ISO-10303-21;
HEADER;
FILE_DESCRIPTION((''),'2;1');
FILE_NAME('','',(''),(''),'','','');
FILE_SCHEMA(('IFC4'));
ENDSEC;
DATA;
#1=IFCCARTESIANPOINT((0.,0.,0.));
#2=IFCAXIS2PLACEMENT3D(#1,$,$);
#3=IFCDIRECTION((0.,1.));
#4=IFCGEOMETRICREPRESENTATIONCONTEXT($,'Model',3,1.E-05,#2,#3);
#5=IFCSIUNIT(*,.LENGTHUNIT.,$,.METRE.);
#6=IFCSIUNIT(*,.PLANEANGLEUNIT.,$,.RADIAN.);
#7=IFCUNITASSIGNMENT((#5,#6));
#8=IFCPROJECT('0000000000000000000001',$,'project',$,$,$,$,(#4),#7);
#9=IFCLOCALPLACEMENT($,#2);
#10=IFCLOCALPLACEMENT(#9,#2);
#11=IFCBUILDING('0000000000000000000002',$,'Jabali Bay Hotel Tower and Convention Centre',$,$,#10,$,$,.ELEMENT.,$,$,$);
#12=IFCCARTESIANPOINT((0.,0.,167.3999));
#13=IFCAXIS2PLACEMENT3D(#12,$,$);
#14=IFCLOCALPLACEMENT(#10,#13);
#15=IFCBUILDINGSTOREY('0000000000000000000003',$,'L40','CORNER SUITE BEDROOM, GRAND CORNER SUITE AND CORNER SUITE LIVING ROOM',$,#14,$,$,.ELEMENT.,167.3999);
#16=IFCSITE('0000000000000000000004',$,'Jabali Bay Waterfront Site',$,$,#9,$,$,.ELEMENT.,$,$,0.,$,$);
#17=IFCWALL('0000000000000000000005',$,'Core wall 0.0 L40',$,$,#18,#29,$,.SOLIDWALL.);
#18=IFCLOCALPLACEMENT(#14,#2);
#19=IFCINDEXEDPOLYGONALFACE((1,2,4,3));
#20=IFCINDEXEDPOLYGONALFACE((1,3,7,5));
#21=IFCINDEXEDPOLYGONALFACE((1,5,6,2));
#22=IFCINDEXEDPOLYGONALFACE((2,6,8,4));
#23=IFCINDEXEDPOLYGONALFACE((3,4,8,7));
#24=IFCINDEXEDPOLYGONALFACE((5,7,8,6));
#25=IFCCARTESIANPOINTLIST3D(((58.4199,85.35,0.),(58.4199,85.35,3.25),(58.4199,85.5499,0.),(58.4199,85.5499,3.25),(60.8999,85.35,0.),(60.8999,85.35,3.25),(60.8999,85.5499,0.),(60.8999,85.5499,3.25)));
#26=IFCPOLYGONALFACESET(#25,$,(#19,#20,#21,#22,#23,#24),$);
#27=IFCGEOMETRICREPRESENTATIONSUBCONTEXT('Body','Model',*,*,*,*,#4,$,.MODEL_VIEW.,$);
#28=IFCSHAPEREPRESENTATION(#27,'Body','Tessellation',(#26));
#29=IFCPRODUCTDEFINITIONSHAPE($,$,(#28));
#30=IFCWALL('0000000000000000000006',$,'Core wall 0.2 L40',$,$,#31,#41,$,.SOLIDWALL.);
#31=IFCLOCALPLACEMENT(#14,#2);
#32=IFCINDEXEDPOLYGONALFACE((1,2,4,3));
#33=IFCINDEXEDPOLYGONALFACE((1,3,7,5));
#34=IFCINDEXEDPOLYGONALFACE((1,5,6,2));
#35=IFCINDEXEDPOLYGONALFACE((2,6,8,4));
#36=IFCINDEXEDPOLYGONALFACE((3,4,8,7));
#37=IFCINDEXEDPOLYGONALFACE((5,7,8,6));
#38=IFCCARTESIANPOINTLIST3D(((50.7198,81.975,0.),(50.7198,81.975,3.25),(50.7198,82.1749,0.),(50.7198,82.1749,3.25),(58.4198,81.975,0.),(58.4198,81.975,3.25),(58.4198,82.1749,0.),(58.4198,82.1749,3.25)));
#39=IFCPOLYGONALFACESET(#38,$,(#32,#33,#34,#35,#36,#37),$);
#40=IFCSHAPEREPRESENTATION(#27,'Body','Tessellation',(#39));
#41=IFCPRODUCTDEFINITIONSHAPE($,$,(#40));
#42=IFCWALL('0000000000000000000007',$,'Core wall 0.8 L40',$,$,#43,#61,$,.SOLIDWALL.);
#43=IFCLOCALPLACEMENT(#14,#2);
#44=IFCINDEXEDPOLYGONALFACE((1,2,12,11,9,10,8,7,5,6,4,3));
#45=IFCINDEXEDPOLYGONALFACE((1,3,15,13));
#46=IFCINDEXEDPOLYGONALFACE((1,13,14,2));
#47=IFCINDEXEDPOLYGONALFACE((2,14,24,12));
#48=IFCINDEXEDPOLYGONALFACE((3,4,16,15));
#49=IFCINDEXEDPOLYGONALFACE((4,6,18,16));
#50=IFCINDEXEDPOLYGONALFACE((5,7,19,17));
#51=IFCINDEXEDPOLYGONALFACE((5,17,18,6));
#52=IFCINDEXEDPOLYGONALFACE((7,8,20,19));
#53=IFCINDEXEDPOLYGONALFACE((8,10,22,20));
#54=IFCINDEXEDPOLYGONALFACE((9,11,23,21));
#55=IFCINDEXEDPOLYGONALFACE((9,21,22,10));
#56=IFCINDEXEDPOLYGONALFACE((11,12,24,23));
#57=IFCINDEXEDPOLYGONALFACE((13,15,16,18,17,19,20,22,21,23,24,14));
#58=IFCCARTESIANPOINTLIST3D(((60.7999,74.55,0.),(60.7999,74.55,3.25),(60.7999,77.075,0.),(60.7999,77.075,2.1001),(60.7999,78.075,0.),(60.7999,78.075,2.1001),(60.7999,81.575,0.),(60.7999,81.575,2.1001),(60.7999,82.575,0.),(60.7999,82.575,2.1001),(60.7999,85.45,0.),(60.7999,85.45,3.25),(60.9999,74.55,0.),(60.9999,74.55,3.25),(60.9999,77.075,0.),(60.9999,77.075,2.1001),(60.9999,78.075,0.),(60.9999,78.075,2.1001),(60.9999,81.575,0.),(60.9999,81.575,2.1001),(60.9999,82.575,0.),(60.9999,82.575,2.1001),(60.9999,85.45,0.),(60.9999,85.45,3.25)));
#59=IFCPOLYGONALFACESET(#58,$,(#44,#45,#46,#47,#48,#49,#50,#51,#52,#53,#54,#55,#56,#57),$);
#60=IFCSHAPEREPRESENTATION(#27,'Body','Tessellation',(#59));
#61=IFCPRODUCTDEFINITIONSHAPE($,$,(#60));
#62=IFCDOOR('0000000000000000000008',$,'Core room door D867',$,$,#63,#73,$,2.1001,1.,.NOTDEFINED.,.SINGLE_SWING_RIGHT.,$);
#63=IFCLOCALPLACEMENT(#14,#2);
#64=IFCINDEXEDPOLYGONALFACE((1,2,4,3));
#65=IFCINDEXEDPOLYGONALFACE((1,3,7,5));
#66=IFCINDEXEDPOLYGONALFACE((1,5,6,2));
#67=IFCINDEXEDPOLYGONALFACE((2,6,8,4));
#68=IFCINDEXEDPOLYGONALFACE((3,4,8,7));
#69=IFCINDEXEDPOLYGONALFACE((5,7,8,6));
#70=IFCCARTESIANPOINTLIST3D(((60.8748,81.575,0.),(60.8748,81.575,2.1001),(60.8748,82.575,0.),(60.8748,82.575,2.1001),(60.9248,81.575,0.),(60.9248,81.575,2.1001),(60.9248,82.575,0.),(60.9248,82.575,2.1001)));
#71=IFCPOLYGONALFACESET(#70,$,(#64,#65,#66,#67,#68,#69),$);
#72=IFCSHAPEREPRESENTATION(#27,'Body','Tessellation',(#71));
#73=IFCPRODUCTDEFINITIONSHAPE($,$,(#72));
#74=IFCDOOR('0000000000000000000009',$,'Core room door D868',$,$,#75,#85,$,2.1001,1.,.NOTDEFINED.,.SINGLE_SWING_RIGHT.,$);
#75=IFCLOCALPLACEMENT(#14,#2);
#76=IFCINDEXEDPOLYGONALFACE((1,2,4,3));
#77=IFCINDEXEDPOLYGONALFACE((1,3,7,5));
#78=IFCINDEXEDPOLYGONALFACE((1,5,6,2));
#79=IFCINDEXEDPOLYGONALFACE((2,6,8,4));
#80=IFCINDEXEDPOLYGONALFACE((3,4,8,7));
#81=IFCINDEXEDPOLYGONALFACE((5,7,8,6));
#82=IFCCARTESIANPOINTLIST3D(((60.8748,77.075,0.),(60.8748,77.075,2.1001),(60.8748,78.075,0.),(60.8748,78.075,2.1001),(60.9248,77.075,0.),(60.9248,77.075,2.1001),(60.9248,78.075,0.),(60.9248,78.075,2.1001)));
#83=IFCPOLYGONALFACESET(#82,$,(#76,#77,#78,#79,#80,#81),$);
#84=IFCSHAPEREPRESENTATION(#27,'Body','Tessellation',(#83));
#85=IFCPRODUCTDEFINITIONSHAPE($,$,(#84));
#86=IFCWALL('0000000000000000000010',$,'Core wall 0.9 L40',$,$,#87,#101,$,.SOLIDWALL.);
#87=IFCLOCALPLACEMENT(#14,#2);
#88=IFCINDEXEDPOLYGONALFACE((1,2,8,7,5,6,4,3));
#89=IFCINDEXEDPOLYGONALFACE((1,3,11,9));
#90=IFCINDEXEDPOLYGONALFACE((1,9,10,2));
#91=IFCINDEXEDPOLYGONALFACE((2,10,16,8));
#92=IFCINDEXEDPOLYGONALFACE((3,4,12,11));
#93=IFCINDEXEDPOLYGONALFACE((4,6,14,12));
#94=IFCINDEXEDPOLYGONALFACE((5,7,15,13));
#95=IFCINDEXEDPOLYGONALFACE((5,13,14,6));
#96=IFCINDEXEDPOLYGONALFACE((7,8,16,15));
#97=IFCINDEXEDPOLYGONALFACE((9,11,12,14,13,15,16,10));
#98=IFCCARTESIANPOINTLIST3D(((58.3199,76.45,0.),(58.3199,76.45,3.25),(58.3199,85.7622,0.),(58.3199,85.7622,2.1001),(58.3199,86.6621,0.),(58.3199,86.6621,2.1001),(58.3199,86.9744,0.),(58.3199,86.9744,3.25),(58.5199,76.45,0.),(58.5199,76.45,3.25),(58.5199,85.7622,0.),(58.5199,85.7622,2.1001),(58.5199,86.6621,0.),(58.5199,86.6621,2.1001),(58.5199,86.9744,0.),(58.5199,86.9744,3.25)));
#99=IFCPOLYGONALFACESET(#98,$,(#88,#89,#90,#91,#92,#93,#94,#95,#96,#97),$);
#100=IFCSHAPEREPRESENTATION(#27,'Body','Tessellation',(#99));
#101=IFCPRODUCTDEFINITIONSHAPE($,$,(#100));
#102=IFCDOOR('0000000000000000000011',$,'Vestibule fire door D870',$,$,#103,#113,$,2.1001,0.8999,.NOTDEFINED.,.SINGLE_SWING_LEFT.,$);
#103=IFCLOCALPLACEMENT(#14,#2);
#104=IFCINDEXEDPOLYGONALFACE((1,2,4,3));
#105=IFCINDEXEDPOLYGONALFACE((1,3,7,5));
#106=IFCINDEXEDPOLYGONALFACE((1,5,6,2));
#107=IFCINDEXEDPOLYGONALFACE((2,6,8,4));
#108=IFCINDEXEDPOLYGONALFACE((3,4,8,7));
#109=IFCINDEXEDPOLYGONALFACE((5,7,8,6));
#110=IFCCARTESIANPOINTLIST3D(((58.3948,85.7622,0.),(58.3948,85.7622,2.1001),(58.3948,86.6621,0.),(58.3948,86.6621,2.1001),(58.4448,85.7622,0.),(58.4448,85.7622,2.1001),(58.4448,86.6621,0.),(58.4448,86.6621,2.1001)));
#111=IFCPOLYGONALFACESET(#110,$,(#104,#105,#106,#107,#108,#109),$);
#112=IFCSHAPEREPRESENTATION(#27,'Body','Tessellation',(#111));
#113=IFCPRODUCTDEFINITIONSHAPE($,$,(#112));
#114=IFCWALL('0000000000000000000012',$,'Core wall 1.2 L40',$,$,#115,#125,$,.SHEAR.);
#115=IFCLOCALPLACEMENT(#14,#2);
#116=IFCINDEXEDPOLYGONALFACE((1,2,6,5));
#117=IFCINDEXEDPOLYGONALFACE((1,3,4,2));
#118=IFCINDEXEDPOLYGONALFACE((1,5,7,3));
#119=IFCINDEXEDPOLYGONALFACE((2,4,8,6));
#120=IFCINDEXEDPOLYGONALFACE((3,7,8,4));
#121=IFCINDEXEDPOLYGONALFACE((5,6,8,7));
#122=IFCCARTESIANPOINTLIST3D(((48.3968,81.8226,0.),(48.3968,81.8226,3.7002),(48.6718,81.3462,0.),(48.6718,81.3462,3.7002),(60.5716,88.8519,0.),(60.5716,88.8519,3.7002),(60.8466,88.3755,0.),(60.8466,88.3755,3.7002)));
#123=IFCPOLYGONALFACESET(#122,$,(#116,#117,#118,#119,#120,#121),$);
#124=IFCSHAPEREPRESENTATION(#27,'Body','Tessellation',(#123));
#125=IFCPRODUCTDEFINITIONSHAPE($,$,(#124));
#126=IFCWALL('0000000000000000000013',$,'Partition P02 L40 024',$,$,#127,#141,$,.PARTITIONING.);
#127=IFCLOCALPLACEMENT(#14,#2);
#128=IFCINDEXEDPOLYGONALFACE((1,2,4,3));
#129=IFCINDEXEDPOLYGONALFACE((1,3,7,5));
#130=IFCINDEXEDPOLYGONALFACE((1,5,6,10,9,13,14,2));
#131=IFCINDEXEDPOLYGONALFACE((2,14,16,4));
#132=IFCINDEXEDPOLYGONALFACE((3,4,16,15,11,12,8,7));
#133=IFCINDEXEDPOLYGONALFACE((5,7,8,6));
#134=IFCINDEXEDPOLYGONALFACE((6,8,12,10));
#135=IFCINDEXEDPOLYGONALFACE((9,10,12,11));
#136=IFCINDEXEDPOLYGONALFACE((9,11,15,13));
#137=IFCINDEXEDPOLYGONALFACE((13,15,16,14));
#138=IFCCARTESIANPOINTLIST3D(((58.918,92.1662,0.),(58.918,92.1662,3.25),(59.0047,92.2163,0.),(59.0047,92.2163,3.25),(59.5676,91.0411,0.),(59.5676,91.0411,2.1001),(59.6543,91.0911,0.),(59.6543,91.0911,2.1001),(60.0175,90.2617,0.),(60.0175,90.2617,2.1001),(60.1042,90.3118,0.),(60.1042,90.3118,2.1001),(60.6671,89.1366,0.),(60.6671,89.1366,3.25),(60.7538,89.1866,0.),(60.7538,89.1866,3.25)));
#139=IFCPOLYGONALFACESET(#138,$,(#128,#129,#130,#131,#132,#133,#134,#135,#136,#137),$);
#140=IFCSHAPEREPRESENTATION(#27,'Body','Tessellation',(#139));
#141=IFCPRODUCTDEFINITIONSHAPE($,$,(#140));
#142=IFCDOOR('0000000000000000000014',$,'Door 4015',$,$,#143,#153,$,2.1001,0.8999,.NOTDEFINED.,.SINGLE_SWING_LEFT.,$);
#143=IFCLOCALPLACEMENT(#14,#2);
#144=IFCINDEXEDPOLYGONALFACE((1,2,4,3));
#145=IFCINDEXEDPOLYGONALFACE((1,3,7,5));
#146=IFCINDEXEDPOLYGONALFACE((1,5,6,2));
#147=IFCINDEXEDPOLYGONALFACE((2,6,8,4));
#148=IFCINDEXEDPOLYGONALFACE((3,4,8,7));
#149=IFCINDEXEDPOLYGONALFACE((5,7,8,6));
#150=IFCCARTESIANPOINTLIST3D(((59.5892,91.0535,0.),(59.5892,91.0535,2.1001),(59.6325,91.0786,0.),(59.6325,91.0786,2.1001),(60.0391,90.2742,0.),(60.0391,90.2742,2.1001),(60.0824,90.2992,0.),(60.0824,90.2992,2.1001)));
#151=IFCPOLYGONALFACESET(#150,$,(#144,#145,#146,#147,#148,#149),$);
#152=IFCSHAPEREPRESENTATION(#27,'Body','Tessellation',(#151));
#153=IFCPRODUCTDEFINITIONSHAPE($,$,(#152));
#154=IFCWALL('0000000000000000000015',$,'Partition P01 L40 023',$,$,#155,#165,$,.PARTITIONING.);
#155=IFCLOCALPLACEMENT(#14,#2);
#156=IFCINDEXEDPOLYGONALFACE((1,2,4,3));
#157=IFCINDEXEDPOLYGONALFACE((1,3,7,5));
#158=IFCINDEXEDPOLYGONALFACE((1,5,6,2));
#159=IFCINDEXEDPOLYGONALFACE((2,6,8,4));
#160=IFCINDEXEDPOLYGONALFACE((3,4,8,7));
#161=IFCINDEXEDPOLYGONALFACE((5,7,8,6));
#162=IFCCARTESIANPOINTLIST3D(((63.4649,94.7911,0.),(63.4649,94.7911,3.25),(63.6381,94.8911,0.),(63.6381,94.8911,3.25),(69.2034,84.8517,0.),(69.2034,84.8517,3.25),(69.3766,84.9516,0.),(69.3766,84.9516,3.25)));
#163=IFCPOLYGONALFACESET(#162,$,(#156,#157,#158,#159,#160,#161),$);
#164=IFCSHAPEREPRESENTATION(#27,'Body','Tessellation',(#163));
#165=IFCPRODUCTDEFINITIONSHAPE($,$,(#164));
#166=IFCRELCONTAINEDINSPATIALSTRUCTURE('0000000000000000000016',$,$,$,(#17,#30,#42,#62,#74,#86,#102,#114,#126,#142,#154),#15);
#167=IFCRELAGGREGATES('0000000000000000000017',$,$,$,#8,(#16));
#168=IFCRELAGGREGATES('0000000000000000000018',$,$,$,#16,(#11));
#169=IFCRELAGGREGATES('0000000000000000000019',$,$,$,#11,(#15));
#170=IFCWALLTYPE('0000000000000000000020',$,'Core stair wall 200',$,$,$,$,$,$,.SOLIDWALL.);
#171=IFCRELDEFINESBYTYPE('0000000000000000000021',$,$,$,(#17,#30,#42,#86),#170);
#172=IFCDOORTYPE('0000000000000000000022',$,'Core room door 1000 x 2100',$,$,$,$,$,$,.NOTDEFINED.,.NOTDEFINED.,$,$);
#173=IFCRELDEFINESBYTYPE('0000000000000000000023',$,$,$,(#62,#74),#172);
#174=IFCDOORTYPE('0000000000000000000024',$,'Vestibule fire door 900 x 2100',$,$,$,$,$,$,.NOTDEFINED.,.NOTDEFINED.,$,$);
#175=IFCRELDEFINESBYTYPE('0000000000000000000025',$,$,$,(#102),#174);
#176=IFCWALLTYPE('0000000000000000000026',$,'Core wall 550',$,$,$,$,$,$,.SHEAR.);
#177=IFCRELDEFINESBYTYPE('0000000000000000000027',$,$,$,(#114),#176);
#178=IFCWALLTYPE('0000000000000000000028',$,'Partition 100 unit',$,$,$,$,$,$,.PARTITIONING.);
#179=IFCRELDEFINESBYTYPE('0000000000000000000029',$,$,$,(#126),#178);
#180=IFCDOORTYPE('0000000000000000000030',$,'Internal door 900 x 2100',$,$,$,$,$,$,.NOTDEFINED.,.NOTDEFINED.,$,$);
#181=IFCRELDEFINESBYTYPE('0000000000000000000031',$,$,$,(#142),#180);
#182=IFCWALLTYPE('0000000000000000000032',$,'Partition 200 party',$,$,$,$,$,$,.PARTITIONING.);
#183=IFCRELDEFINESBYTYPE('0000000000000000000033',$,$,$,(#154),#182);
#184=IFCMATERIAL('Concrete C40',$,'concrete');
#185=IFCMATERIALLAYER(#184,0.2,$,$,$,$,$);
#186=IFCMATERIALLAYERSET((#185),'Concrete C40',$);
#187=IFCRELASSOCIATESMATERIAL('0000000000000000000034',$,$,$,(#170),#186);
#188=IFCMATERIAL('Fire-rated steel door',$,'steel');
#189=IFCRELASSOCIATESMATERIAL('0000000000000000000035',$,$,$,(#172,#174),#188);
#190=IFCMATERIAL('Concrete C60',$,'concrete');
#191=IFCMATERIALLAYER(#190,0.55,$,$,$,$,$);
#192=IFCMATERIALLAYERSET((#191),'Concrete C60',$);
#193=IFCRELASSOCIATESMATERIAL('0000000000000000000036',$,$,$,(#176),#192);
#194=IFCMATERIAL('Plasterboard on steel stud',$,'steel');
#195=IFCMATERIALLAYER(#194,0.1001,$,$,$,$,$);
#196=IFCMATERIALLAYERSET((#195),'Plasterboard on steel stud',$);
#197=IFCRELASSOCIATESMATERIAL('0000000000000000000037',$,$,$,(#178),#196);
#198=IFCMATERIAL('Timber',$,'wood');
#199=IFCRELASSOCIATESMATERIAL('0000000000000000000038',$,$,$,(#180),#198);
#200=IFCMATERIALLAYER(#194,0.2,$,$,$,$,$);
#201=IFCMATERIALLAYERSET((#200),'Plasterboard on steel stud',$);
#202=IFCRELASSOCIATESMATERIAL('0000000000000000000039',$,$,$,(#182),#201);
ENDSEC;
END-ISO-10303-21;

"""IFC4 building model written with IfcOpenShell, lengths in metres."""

from ifc_helpers import new_model, si_unit, direction, frame, frame_2d, origin, place, context, subcontext, project, spatial, rectangle, extrude, material, layer, layer_set, type_object, element, fill, save


model = new_model("IFC4")

# Units and contexts
model_context = context("Model", 3, precision=1e-05, world=origin(), true_north=direction((0.0, 1.0)))
body_context = subcontext(model_context, "Body", "Model", "MODEL_VIEW")
ifc_project = project(units=[si_unit("LENGTHUNIT", "METRE"), si_unit("PLANEANGLEUNIT", "RADIAN")], contexts=[model_context])

# Site, building, storey
site_placement = place(None, origin())
site = spatial("IfcSite", under=ifc_project, at=site_placement, Name="Jabali Bay Waterfront Site", CompositionType="ELEMENT", RefElevation=0.0)
building_placement = place(site_placement, origin())
building = spatial("IfcBuilding", under=site, at=building_placement, Name="Jabali Bay Hotel Tower and Convention Centre", CompositionType="ELEMENT")
storey_placement = place(building_placement, frame((0.0, 0.0, 167.3999)))
storey = spatial("IfcBuildingStorey", under=building, at=storey_placement, Name="L40", Description="CORNER SUITE BEDROOM, GRAND CORNER SUITE AND CORNER SUITE LIVING ROOM", CompositionType="ELEMENT", Elevation=167.3999)

# Walls
ifc_material_1 = material(Name="Concrete C40", Category="concrete")
ifc_layer_1 = layer(ifc_material_1, 0.2)
ifc_layer_set_1 = layer_set([ifc_layer_1], Name="Concrete C40")
wall_type_1 = type_object("IfcWallType", Name="Core stair wall 200", PredefinedType="SOLIDWALL", material=ifc_layer_set_1)
wall_1_placement = place(storey_placement, frame((60.8999, 85.45, 0.0), z_axis=(0.0, 0.0, 1.0), x_axis=(-1.0, 0.0, 0.0)))
element("IfcWall", 1, at=wall_1_placement, inside=storey, type_object=wall_type_1, Name="Core wall 0.0 L40", PredefinedType="SOLIDWALL", context=body_context, shape_type="SweptSolid", body=[
    extrude(rectangle(XDim=2.48, YDim=0.2, at=frame_2d((1.24, 0.0))), origin(), (0.0, 0.0, 1.0), 3.25),
])
wall_2_placement = place(storey_placement, frame((58.4199, 82.075, 0.0), z_axis=(0.0, 0.0, 1.0), x_axis=(-1.0, 0.0, 0.0)))
element("IfcWall", 2, at=wall_2_placement, inside=storey, type_object=wall_type_1, Name="Core wall 0.2 L40", PredefinedType="SOLIDWALL", context=body_context, shape_type="SweptSolid", body=[
    extrude(rectangle(XDim=7.7, YDim=0.2, at=frame_2d((3.8501, 0.0))), origin(), (0.0, 0.0, 1.0), 3.25),
])

# Wall, openings, doors
wall_3_placement = place(storey_placement, frame((60.8999, 85.45, 0.0), z_axis=(0.0, 0.0, 1.0), x_axis=(0.0, -1.0, 0.0)))
wall_3 = element("IfcWall", 3, at=wall_3_placement, inside=storey, type_object=wall_type_1, Name="Core wall 0.8 L40", PredefinedType="SOLIDWALL", context=body_context, shape_type="SweptSolid", body=[
    extrude(rectangle(XDim=10.8999, YDim=0.2, at=frame_2d((5.45, 0.0))), origin(), (0.0, 0.0, 1.0), 3.25),
])
opening_1_placement = place(wall_3_placement, frame((2.875, 0.0, 0.0)))
opening_1 = element("IfcOpeningElement", 4, at=opening_1_placement, cuts=wall_3, PredefinedType="OPENING", context=body_context, shape_type="SweptSolid", body=[
    extrude(rectangle(XDim=1.0, YDim=2.1001, at=frame_2d((0.5, 1.05))), frame((0.0, 0.1104, 0.0), z_axis=(0.0, -1.0, 0.0), x_axis=(1.0, 0.0, 0.0)), (0.0, 0.0, 1.0), 0.2209),
])
opening_2_placement = place(wall_3_placement, frame((7.375, 0.0, 0.0)))
opening_2 = element("IfcOpeningElement", 5, at=opening_2_placement, cuts=wall_3, PredefinedType="OPENING", context=body_context, shape_type="SweptSolid", body=[
    extrude(rectangle(XDim=1.0, YDim=2.1001, at=frame_2d((0.5, 1.05))), frame((0.0, 0.1104, 0.0), z_axis=(0.0, -1.0, 0.0), x_axis=(1.0, 0.0, 0.0)), (0.0, 0.0, 1.0), 0.2209),
])
ifc_material_2 = material(Name="Fire-rated steel door", Category="steel")
door_type_1 = type_object("IfcDoorType", Name="Core room door 1000 x 2100", OperationType="NOTDEFINED", PredefinedType="NOTDEFINED", material=ifc_material_2)
door_1_placement = place(opening_1_placement, origin())
door_1 = element("IfcDoor", 6, at=door_1_placement, inside=storey, type_object=door_type_1, Name="Core room door D867", OperationType="SINGLE_SWING_RIGHT", OverallHeight=2.1001, OverallWidth=1.0, PredefinedType="NOTDEFINED", context=body_context, shape_type="SweptSolid", body=[
    extrude(rectangle(XDim=1.0, YDim=2.1001, at=frame_2d((0.5, 1.05))), frame((0.0, 0.0249, 0.0), z_axis=(0.0, -1.0, 0.0), x_axis=(1.0, 0.0, 0.0)), (0.0, 0.0, 1.0), 0.05),
])
fill(opening_1, door_1)
door_2_placement = place(opening_2_placement, origin())
door_2 = element("IfcDoor", 7, at=door_2_placement, inside=storey, type_object=door_type_1, Name="Core room door D868", OperationType="SINGLE_SWING_RIGHT", OverallHeight=2.1001, OverallWidth=1.0, PredefinedType="NOTDEFINED", context=body_context, shape_type="SweptSolid", body=[
    extrude(rectangle(XDim=1.0, YDim=2.1001, at=frame_2d((0.5, 1.05))), frame((0.0, 0.0249, 0.0), z_axis=(0.0, -1.0, 0.0), x_axis=(1.0, 0.0, 0.0)), (0.0, 0.0, 1.0), 0.05),
])
fill(opening_2, door_2)

# Wall, opening, door
wall_4_placement = place(storey_placement, frame((58.4199, 86.9744, 0.0), z_axis=(0.0, 0.0, 1.0), x_axis=(0.0, -1.0, 0.0)))
wall_4 = element("IfcWall", 8, at=wall_4_placement, inside=storey, type_object=wall_type_1, Name="Core wall 0.9 L40", PredefinedType="SOLIDWALL", context=body_context, shape_type="SweptSolid", body=[
    extrude(rectangle(XDim=10.5244, YDim=0.2, at=frame_2d((5.2622, 0.0))), origin(), (0.0, 0.0, 1.0), 3.25),
])
opening_3_placement = place(wall_4_placement, frame((0.3123, 0.0, 0.0)))
opening_3 = element("IfcOpeningElement", 9, at=opening_3_placement, cuts=wall_4, PredefinedType="OPENING", context=body_context, shape_type="SweptSolid", body=[
    extrude(rectangle(XDim=0.8999, YDim=2.1001, at=frame_2d((0.45, 1.05))), frame((0.0, 0.1104, 0.0), z_axis=(0.0, -1.0, 0.0), x_axis=(1.0, 0.0, 0.0)), (0.0, 0.0, 1.0), 0.2209),
])
door_type_2 = type_object("IfcDoorType", Name="Vestibule fire door 900 x 2100", OperationType="NOTDEFINED", PredefinedType="NOTDEFINED", material=ifc_material_2)
door_3_placement = place(opening_3_placement, origin())
door_3 = element("IfcDoor", 10, at=door_3_placement, inside=storey, type_object=door_type_2, Name="Vestibule fire door D870", OperationType="SINGLE_SWING_LEFT", OverallHeight=2.1001, OverallWidth=0.8999, PredefinedType="NOTDEFINED", context=body_context, shape_type="SweptSolid", body=[
    extrude(rectangle(XDim=0.8999, YDim=2.1001, at=frame_2d((0.45, 1.05))), frame((0.0, 0.0249, 0.0), z_axis=(0.0, -1.0, 0.0), x_axis=(1.0, 0.0, 0.0)), (0.0, 0.0, 1.0), 0.05),
])
fill(opening_3, door_3)

# Wall
ifc_material_3 = material(Name="Concrete C60", Category="concrete")
ifc_layer_2 = layer(ifc_material_3, 0.55)
ifc_layer_set_2 = layer_set([ifc_layer_2], Name="Concrete C60")
wall_type_2 = type_object("IfcWallType", Name="Core wall 550", PredefinedType="SHEAR", material=ifc_layer_set_2)
wall_5_placement = place(storey_placement, frame((60.7092, 88.6138, 0.0), z_axis=(0.0, 0.0, 1.0), x_axis=(-0.86602, -0.500009, 0.0)))
element("IfcWall", 11, at=wall_5_placement, inside=storey, type_object=wall_type_2, Name="Core wall 1.2 L40", PredefinedType="SHEAR", context=body_context, shape_type="SweptSolid", body=[
    extrude(rectangle(XDim=14.0583, YDim=0.55, at=frame_2d((7.0293, 0.0))), origin(), (0.0, 0.0, 1.0), 3.7002),
])

# Wall, opening, door
ifc_material_4 = material(Name="Plasterboard on steel stud", Category="steel")
ifc_layer_3 = layer(ifc_material_4, 0.1001)
ifc_layer_set_3 = layer_set([ifc_layer_3], Name="Plasterboard on steel stud")
wall_type_3 = type_object("IfcWallType", Name="Partition 100 unit", PredefinedType="PARTITIONING", material=ifc_layer_set_3)
wall_6_placement = place(storey_placement, frame((58.9614, 92.1912, 0.0), z_axis=(0.0, 0.0, 1.0), x_axis=(0.499982, -0.866036, 0.0)))
wall_6 = element("IfcWall", 12, at=wall_6_placement, inside=storey, type_object=wall_type_3, Name="Partition P02 L40 024", PredefinedType="PARTITIONING", context=body_context, shape_type="SweptSolid", body=[
    extrude(rectangle(XDim=3.4983, YDim=0.1001, at=frame_2d((1.749, 0.0))), origin(), (0.0, 0.0, 1.0), 3.25),
])
opening_4_placement = place(wall_6_placement, frame((1.2991, 0.0, 0.0)))
opening_4 = element("IfcOpeningElement", 13, at=opening_4_placement, cuts=wall_6, PredefinedType="OPENING", context=body_context, shape_type="SweptSolid", body=[
    extrude(rectangle(XDim=0.8999, YDim=2.1001, at=frame_2d((0.45, 1.05))), frame((0.0, 0.0605, 0.0), z_axis=(0.0, -1.0, 0.0), x_axis=(1.0, 0.0, 0.0)), (0.0, 0.0, 1.0), 0.1211),
])
ifc_material_5 = material(Name="Timber", Category="wood")
door_type_3 = type_object("IfcDoorType", Name="Internal door 900 x 2100", OperationType="NOTDEFINED", PredefinedType="NOTDEFINED", material=ifc_material_5)
door_4_placement = place(opening_4_placement, origin())
door_4 = element("IfcDoor", 14, at=door_4_placement, inside=storey, type_object=door_type_3, Name="Door 4015", OperationType="SINGLE_SWING_LEFT", OverallHeight=2.1001, OverallWidth=0.8999, PredefinedType="NOTDEFINED", context=body_context, shape_type="SweptSolid", body=[
    extrude(rectangle(XDim=0.8999, YDim=2.1001, at=frame_2d((0.45, 1.05))), frame((0.0, 0.0249, 0.0), z_axis=(0.0, -1.0, 0.0), x_axis=(1.0, 0.0, 0.0)), (0.0, 0.0, 1.0), 0.05),
])
fill(opening_4, door_4)

# Wall
ifc_layer_4 = layer(ifc_material_4, 0.2)
ifc_layer_set_4 = layer_set([ifc_layer_4], Name="Plasterboard on steel stud")
wall_type_4 = type_object("IfcWallType", Name="Partition 200 party", PredefinedType="PARTITIONING", material=ifc_layer_set_4)
wall_7_placement = place(storey_placement, frame((63.5515, 94.8411, 0.0), z_axis=(0.0, 0.0, 1.0), x_axis=(0.499999, -0.866026, 0.0)))
element("IfcWall", 15, at=wall_7_placement, inside=storey, type_object=wall_type_4, Name="Partition P01 L40 023", PredefinedType="PARTITIONING", context=body_context, shape_type="SweptSolid", body=[
    extrude(rectangle(XDim=11.4771, YDim=0.2, at=frame_2d((5.7385, 0.0))), origin(), (0.0, 0.0, 1.0), 3.25),
])

save(model, "model.ifc")
